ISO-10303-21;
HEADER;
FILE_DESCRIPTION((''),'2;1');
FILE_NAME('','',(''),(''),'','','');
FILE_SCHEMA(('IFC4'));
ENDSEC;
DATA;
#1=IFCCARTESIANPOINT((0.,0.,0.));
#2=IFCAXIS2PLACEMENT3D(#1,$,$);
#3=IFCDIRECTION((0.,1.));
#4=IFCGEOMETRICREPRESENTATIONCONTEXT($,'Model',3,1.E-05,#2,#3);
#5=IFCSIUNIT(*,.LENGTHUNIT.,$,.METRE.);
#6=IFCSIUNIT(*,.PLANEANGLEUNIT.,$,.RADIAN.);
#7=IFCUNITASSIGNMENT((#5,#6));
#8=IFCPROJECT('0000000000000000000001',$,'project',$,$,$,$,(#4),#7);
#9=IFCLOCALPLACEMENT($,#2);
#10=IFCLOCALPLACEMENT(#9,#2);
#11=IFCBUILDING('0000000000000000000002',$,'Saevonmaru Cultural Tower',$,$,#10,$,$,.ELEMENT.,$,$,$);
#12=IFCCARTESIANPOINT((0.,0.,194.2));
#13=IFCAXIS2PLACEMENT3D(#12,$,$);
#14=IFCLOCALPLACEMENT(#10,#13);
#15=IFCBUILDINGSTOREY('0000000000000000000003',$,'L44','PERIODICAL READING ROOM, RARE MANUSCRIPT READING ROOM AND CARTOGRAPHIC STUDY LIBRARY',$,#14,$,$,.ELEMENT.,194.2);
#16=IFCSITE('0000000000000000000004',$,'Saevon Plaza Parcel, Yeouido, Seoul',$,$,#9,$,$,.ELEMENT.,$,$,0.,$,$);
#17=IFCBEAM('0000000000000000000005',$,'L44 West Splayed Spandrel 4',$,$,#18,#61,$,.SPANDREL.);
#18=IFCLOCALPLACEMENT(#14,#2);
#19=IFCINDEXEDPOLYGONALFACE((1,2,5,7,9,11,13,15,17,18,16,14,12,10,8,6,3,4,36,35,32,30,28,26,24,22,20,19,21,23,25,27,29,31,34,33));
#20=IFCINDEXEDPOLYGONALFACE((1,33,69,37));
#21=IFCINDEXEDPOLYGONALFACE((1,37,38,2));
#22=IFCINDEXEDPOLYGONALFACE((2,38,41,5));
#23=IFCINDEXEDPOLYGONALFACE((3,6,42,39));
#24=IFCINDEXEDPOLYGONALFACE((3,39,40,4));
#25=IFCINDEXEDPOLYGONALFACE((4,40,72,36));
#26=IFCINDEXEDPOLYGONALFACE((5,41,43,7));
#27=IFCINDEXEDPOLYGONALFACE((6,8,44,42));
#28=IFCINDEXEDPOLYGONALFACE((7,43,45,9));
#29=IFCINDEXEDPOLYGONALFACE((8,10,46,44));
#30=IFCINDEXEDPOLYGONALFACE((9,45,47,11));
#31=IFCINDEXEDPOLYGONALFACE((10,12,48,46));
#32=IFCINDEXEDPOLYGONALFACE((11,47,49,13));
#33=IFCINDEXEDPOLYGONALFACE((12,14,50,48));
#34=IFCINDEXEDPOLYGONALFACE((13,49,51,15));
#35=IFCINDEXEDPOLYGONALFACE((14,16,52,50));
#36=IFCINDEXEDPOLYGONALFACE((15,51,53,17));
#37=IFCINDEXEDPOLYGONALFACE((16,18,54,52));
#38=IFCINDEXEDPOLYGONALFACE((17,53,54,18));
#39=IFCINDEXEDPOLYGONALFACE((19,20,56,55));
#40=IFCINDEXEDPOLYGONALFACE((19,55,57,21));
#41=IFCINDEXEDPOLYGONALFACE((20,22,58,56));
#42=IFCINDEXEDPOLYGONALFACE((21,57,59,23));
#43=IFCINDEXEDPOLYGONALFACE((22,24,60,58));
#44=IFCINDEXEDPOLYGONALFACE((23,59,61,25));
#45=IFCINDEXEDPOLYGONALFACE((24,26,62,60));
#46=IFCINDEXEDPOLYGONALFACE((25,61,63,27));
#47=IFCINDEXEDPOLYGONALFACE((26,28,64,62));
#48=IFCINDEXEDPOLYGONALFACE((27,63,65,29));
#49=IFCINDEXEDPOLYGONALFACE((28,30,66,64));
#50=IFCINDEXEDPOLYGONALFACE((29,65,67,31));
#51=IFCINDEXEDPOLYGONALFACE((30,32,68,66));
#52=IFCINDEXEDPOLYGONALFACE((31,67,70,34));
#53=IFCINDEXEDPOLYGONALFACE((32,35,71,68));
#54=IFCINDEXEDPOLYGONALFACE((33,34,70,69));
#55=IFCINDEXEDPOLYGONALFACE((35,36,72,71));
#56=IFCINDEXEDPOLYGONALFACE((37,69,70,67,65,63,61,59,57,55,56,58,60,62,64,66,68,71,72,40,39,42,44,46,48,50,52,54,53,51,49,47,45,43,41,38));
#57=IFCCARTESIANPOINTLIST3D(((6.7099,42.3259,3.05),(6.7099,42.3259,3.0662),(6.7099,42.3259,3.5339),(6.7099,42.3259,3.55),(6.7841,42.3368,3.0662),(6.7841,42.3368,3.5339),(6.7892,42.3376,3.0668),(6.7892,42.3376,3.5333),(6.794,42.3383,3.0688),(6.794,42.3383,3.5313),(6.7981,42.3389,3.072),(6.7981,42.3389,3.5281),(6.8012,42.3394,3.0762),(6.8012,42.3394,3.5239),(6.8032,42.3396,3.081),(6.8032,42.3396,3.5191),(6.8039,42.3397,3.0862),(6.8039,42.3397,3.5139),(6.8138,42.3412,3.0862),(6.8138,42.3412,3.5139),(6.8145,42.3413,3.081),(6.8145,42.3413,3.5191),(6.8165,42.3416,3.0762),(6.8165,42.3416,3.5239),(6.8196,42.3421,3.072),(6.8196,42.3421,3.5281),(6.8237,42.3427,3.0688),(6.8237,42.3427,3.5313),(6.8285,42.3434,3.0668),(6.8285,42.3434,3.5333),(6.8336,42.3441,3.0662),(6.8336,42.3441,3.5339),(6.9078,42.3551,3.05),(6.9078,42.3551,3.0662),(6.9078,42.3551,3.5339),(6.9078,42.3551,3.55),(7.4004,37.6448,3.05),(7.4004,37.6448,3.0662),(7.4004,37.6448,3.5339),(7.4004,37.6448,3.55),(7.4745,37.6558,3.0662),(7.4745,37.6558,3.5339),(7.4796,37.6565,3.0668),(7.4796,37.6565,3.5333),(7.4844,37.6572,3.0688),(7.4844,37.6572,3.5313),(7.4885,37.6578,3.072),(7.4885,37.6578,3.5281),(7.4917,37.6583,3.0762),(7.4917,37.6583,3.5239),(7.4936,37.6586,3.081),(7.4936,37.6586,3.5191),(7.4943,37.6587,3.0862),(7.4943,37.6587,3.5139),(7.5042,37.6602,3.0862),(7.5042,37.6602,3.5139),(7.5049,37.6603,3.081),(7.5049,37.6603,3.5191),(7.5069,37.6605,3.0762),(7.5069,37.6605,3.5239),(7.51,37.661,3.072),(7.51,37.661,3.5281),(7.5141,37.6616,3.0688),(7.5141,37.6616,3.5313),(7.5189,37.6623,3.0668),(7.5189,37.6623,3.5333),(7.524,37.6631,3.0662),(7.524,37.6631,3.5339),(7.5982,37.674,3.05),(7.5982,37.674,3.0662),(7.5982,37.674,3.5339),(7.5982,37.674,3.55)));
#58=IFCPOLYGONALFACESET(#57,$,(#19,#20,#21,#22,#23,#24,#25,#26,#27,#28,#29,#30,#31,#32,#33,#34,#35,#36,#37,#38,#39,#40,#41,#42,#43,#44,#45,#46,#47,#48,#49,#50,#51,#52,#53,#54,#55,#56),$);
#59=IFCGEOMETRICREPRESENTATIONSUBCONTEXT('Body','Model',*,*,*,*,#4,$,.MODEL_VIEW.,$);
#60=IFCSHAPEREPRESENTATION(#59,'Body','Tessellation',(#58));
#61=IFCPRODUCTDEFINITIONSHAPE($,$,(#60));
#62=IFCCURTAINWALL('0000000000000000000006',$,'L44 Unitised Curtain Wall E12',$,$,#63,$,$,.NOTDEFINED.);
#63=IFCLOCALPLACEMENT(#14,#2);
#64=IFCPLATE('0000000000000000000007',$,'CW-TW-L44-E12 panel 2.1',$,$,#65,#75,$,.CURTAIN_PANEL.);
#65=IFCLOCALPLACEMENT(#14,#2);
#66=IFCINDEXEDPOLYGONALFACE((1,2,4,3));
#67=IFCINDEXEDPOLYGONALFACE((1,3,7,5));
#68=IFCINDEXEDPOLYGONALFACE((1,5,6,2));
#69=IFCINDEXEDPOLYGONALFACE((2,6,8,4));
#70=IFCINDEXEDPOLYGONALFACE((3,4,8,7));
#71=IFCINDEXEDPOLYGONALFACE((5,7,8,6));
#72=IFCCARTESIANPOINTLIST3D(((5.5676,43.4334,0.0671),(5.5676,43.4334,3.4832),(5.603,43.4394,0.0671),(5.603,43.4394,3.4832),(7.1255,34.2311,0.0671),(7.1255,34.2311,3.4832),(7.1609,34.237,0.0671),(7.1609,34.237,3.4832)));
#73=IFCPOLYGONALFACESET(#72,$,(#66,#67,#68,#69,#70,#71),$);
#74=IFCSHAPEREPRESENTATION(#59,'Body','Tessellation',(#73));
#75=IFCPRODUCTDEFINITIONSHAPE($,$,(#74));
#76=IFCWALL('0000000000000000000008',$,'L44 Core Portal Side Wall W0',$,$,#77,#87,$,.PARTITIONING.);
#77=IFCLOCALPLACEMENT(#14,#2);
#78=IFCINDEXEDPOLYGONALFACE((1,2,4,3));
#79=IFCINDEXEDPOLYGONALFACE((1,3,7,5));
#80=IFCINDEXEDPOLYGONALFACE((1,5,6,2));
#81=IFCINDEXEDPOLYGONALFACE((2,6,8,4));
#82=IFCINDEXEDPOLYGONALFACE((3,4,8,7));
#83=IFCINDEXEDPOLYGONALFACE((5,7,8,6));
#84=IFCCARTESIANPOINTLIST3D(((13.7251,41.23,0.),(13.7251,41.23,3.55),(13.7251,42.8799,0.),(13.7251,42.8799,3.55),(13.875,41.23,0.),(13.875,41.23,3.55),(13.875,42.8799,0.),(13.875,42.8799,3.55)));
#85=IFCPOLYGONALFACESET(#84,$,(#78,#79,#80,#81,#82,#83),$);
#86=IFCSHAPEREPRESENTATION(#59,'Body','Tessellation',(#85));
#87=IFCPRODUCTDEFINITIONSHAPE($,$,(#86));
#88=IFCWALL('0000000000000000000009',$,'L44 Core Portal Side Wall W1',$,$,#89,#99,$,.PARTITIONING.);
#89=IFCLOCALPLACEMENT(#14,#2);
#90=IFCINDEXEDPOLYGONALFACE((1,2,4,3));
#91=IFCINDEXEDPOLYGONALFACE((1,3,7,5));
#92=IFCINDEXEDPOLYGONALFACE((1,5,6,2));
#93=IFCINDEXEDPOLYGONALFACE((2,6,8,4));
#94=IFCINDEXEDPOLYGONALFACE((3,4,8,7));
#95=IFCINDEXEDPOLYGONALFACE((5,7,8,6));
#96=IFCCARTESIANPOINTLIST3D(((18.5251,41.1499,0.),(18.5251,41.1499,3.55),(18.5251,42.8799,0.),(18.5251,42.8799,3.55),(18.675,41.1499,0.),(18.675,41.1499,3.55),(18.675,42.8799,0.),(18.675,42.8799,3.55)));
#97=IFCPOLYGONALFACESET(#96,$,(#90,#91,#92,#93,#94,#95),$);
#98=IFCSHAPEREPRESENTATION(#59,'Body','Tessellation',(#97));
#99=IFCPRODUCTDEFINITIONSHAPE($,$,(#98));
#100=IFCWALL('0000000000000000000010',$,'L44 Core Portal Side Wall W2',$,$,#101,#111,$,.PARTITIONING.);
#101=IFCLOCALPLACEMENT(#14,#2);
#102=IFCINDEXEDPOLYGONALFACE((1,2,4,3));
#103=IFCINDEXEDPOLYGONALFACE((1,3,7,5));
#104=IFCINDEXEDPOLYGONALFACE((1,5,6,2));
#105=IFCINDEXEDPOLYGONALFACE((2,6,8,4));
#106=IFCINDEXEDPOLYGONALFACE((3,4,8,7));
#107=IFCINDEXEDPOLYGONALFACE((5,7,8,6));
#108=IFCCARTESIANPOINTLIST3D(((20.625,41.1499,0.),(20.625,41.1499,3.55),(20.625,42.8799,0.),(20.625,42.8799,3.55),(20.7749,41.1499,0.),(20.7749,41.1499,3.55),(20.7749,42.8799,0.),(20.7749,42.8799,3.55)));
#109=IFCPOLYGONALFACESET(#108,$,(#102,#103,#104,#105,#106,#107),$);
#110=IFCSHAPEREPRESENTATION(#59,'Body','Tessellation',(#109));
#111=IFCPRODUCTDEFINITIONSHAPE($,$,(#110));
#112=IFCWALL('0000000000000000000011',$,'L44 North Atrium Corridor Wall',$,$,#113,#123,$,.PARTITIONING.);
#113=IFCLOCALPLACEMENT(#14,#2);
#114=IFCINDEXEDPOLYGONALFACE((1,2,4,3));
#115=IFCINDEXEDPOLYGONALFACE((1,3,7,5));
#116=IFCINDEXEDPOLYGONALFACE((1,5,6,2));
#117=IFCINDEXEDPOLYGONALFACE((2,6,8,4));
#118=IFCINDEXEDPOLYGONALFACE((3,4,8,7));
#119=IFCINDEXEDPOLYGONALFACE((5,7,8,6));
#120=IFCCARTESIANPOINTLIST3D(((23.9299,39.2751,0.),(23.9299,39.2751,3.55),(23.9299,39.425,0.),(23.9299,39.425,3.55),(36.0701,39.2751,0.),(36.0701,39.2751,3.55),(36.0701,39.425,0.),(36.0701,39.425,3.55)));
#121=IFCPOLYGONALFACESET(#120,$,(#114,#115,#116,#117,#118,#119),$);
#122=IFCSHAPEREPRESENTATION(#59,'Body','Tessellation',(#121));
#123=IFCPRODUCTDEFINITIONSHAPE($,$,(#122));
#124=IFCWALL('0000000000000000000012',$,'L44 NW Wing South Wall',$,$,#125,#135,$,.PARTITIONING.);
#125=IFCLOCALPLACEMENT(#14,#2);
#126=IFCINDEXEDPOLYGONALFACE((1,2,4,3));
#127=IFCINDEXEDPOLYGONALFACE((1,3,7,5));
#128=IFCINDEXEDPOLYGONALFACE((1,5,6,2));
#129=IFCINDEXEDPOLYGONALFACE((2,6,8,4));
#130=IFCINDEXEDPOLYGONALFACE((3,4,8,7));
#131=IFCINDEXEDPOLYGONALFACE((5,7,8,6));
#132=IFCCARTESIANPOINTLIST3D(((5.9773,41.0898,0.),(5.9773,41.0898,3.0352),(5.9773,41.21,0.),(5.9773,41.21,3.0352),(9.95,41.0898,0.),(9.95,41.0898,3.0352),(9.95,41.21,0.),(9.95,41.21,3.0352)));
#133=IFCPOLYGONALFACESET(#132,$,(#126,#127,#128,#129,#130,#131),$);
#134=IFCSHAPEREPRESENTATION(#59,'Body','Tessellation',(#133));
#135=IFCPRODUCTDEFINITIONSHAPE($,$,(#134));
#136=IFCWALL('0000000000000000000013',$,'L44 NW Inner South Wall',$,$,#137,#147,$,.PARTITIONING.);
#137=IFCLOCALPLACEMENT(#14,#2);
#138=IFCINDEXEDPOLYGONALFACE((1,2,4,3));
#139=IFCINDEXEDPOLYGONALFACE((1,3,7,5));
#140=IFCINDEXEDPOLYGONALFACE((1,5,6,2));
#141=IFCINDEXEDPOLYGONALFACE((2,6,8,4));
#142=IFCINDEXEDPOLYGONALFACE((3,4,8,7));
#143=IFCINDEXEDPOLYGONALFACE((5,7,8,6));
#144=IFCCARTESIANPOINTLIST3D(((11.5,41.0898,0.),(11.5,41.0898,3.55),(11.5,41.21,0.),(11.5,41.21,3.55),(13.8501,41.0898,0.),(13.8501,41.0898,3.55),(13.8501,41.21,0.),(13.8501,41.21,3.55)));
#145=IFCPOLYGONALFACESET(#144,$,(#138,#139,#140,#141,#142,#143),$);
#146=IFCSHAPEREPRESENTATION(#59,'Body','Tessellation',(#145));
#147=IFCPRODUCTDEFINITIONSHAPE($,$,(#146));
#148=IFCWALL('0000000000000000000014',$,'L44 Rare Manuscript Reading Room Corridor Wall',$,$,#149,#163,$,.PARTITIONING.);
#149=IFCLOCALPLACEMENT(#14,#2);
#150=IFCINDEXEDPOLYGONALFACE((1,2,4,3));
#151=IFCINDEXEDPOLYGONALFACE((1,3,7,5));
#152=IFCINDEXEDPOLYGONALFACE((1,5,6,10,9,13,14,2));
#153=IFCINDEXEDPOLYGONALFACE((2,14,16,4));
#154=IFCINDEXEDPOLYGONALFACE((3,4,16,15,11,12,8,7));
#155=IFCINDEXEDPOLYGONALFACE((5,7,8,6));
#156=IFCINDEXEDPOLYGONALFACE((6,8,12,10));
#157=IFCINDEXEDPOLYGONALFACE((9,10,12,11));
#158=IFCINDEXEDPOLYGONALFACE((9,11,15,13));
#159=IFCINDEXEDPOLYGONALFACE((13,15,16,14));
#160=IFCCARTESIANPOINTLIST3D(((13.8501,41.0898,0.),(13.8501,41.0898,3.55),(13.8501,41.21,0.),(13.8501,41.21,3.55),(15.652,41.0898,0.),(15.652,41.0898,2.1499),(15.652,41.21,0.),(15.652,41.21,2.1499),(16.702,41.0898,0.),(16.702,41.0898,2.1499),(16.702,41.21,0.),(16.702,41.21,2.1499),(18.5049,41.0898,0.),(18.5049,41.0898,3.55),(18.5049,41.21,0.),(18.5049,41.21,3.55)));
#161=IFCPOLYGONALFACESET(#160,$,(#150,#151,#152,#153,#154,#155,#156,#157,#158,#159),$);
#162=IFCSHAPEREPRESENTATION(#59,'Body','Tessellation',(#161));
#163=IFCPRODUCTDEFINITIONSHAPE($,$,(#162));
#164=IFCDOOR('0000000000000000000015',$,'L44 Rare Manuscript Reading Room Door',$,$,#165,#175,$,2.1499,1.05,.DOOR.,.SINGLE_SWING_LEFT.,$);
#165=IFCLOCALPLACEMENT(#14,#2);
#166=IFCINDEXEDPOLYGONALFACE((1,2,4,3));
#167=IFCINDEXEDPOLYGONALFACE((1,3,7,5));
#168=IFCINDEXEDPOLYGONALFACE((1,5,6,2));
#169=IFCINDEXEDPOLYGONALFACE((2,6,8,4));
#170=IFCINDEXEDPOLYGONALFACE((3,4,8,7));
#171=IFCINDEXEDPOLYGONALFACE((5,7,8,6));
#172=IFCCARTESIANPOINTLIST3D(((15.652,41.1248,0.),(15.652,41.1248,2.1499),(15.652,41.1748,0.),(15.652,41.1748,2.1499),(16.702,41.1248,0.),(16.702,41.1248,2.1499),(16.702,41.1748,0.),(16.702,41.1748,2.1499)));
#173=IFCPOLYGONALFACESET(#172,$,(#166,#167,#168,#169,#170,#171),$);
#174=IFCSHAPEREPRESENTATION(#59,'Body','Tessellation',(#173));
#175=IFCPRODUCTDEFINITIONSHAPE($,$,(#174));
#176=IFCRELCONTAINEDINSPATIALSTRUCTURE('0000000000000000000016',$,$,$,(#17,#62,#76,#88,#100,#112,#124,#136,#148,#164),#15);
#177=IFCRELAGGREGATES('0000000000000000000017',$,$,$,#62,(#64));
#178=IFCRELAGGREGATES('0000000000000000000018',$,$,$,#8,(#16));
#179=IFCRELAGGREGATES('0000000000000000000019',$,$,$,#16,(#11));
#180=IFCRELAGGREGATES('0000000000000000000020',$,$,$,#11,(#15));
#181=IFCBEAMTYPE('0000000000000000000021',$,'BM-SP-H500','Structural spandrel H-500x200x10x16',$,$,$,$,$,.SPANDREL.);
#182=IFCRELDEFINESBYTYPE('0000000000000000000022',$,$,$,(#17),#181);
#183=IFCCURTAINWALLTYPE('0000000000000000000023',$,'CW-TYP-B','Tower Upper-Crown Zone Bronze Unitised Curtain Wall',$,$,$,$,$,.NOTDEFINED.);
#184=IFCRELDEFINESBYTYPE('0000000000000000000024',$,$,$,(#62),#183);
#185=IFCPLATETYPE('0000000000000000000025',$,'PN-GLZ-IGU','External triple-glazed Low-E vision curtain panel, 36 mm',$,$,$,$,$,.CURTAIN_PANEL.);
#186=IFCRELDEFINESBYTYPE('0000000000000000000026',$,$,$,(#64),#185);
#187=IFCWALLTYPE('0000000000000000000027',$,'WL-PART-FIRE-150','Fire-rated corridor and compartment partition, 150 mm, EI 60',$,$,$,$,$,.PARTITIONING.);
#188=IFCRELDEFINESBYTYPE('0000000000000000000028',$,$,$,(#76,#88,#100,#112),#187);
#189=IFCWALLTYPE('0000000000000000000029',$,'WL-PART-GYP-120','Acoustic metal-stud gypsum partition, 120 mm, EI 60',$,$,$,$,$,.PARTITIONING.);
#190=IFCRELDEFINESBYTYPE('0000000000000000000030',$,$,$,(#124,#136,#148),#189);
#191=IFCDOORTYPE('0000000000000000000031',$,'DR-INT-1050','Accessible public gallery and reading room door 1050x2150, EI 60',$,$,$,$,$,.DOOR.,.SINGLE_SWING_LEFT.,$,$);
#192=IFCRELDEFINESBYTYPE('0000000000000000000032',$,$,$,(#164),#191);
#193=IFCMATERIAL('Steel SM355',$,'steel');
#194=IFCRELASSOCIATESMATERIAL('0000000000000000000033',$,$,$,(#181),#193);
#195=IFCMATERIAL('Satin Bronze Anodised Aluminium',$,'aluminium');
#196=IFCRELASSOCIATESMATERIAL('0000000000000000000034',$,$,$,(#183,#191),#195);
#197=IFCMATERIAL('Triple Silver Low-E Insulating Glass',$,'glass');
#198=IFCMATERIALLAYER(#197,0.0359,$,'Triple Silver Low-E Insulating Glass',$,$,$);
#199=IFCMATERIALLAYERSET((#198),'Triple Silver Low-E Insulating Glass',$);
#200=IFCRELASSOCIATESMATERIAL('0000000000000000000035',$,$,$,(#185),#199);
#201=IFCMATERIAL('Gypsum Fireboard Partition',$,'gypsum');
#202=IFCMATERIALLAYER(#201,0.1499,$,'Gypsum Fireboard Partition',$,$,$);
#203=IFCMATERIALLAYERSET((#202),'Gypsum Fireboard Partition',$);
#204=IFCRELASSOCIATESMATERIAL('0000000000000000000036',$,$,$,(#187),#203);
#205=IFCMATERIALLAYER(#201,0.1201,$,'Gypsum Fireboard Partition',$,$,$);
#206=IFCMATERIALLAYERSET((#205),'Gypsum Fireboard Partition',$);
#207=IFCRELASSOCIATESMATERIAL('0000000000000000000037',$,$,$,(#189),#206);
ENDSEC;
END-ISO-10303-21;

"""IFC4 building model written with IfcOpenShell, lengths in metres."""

from ifc_helpers import new_model, si_unit, direction, frame, frame_2d, origin, origin_2d, place, context, subcontext, project, spatial, rectangle, i_section, extrude, material, layer, layer_set, material_profile, profile_set, type_object, element, fill, aggregate, save


model = new_model("IFC4")

# Units and contexts
model_context = context("Model", 3, precision=1e-05, world=origin(), true_north=direction((0.0, 1.0)))
body_context = subcontext(model_context, "Body", "Model", "MODEL_VIEW")
ifc_project = project(units=[si_unit("LENGTHUNIT", "METRE"), si_unit("PLANEANGLEUNIT", "RADIAN")], contexts=[model_context])

# Site, building, storey
site_placement = place(None, origin())
site = spatial("IfcSite", under=ifc_project, at=site_placement, Name="Saevon Plaza Parcel, Yeouido, Seoul", CompositionType="ELEMENT", RefElevation=0.0)
building_placement = place(site_placement, origin())
building = spatial("IfcBuilding", under=site, at=building_placement, Name="Saevonmaru Cultural Tower", CompositionType="ELEMENT")
storey_placement = place(building_placement, frame((0.0, 0.0, 194.2)))
storey = spatial("IfcBuildingStorey", under=building, at=storey_placement, Name="L44", Description="PERIODICAL READING ROOM, RARE MANUSCRIPT READING ROOM AND CARTOGRAPHIC STUDY LIBRARY", CompositionType="ELEMENT", Elevation=194.2)

# Shared definitions
ifc_material_1 = material(Name="Steel SM355", Category="steel")

# Beam
ifc_material_profile_1 = material_profile(ifc_material_1, i_section(OverallWidth=0.2, OverallDepth=0.5, WebThickness=0.01, FlangeThickness=0.0161, FilletRadius=0.02, at=origin_2d()), Name="H-500x200x10x16")
ifc_profile_set_1 = profile_set([ifc_material_profile_1], Name="Steel SM355")
beam_type_1 = type_object("IfcBeamType", Name="BM-SP-H500", Description="Structural spandrel H-500x200x10x16", PredefinedType="SPANDREL", material=ifc_profile_set_1)
beam_1_placement = place(storey_placement, frame((7.4993, 37.6594, 3.3), z_axis=(-0.145913, 0.989297, 0.0), x_axis=(-0.989297, -0.145913, 0.0)))
element("IfcBeam", 1, at=beam_1_placement, inside=storey, type_object=beam_type_1, Name="L44 West Splayed Spandrel 4", PredefinedType="SPANDREL", context=body_context, shape_type="SweptSolid", body=[
    extrude(i_section(OverallWidth=0.2, OverallDepth=0.5, WebThickness=0.01, FlangeThickness=0.0161, FilletRadius=0.02, at=origin_2d()), origin(), (0.0, 0.0, 1.0), 4.7317),
])

# Curtain wall, plate
ifc_material_2 = material(Name="Satin Bronze Anodised Aluminium", Category="aluminium")
curtain_wall_type = type_object("IfcCurtainWallType", Name="CW-TYP-B", Description="Tower Upper-Crown Zone Bronze Unitised Curtain Wall", PredefinedType="NOTDEFINED", material=ifc_material_2)
curtain_wall_placement = place(storey_placement, origin())
curtain_wall = element("IfcCurtainWall", 2, at=curtain_wall_placement, inside=storey, type_object=curtain_wall_type, Name="L44 Unitised Curtain Wall E12", PredefinedType="NOTDEFINED")
ifc_material_3 = material(Name="Triple Silver Low-E Insulating Glass", Category="glass")
ifc_layer_1 = layer(ifc_material_3, 0.0359, Name="Triple Silver Low-E Insulating Glass")
ifc_layer_set_1 = layer_set([ifc_layer_1], Name="Triple Silver Low-E Insulating Glass")
plate_type = type_object("IfcPlateType", Name="PN-GLZ-IGU", Description="External triple-glazed Low-E vision curtain panel, 36 mm", PredefinedType="CURTAIN_PANEL", material=ifc_layer_set_1)
plate_placement = place(storey_placement, frame((6.3643, 38.8352, 0.0671), z_axis=(0.0, 0.0, 1.0), x_axis=(0.166922, -0.98597, 0.0)))
plate = element("IfcPlate", 3, at=plate_placement, type_object=plate_type, Name="CW-TW-L44-E12 panel 2.1", PredefinedType="CURTAIN_PANEL", context=body_context, shape_type="SweptSolid", body=[
    extrude(rectangle(XDim=9.3333, YDim=0.0359, at=origin_2d()), origin(), (0.0, 0.0, 1.0), 3.416),
])
aggregate(curtain_wall, [plate])

# Walls
ifc_material_4 = material(Name="Gypsum Fireboard Partition", Category="gypsum")
ifc_layer_2 = layer(ifc_material_4, 0.1499, Name="Gypsum Fireboard Partition")
ifc_layer_set_2 = layer_set([ifc_layer_2], Name="Gypsum Fireboard Partition")
wall_type_1 = type_object("IfcWallType", Name="WL-PART-FIRE-150", Description="Fire-rated corridor and compartment partition, 150 mm, EI 60", PredefinedType="PARTITIONING", material=ifc_layer_set_2)
wall_1_placement = place(storey_placement, frame((13.8, 41.23, 0.0), z_axis=(0.0, 0.0, 1.0), x_axis=(0.0, 1.0, 0.0)))
element("IfcWall", 4, at=wall_1_placement, inside=storey, type_object=wall_type_1, Name="L44 Core Portal Side Wall W0", PredefinedType="PARTITIONING", context=body_context, shape_type="SweptSolid", body=[
    extrude(rectangle(XDim=1.6499, YDim=0.1499, at=frame_2d((0.825, 0.0))), origin(), (0.0, 0.0, 1.0), 3.55),
])
for number, where, z_axis, x_axis, name in (
    (5, (18.6001, 41.1499, 0.0), (0.0, 0.0, 1.0), (0.0, 1.0, 0.0), "L44 Core Portal Side Wall W1"),
    (6, (20.7, 41.1499, 0.0), (0.0, 0.0, 1.0), (0.0, 1.0, 0.0), "L44 Core Portal Side Wall W2"),
):
    element("IfcWall", number, at=place(storey_placement, frame(where, z_axis=z_axis, x_axis=x_axis)), inside=storey, type_object=wall_type_1, Name=name, PredefinedType="PARTITIONING", context=body_context, shape_type="SweptSolid", body=[
        extrude(rectangle(XDim=1.73, YDim=0.1499, at=frame_2d((0.865, 0.0))), origin(), (0.0, 0.0, 1.0), 3.55),
    ])
wall_2_placement = place(storey_placement, frame((23.9299, 39.3501, 0.0), z_axis=(0.0, 0.0, 1.0), x_axis=(1.0, 0.0, 0.0)))
element("IfcWall", 7, at=wall_2_placement, inside=storey, type_object=wall_type_1, Name="L44 North Atrium Corridor Wall", PredefinedType="PARTITIONING", context=body_context, shape_type="SweptSolid", body=[
    extrude(rectangle(XDim=12.1401, YDim=0.1499, at=frame_2d((6.0701, 0.0))), origin(), (0.0, 0.0, 1.0), 3.55),
])
ifc_layer_3 = layer(ifc_material_4, 0.1201, Name="Gypsum Fireboard Partition")
ifc_layer_set_3 = layer_set([ifc_layer_3], Name="Gypsum Fireboard Partition")
wall_type_2 = type_object("IfcWallType", Name="WL-PART-GYP-120", Description="Acoustic metal-stud gypsum partition, 120 mm, EI 60", PredefinedType="PARTITIONING", material=ifc_layer_set_3)
wall_3_placement = place(storey_placement, frame((5.9773, 41.1499, 0.0), z_axis=(0.0, 0.0, 1.0), x_axis=(1.0, 0.0, 0.0)))
element("IfcWall", 8, at=wall_3_placement, inside=storey, type_object=wall_type_2, Name="L44 NW Wing South Wall", PredefinedType="PARTITIONING", context=body_context, shape_type="SweptSolid", body=[
    extrude(rectangle(XDim=3.9727, YDim=0.1201, at=frame_2d((1.9863, 0.0))), origin(), (0.0, 0.0, 1.0), 3.0352),
])
wall_4_placement = place(storey_placement, frame((11.5, 41.1499, 0.0), z_axis=(0.0, 0.0, 1.0), x_axis=(1.0, 0.0, 0.0)))
element("IfcWall", 9, at=wall_4_placement, inside=storey, type_object=wall_type_2, Name="L44 NW Inner South Wall", PredefinedType="PARTITIONING", context=body_context, shape_type="SweptSolid", body=[
    extrude(rectangle(XDim=2.3501, YDim=0.1201, at=frame_2d((1.175, 0.0))), origin(), (0.0, 0.0, 1.0), 3.55),
])

# Wall, opening, door
door_type = type_object("IfcDoorType", Name="DR-INT-1050", Description="Accessible public gallery and reading room door 1050x2150, EI 60", OperationType="SINGLE_SWING_LEFT", PredefinedType="DOOR", material=ifc_material_2)
wall_5_placement = place(storey_placement, frame((13.8501, 41.1499, 0.0), z_axis=(0.0, 0.0, 1.0), x_axis=(1.0, 0.0, 0.0)))
wall_5 = element("IfcWall", 10, at=wall_5_placement, inside=storey, type_object=wall_type_2, Name="L44 Rare Manuscript Reading Room Corridor Wall", PredefinedType="PARTITIONING", context=body_context, shape_type="SweptSolid", body=[
    extrude(rectangle(XDim=4.6548, YDim=0.1201, at=frame_2d((2.3274, 0.0))), origin(), (0.0, 0.0, 1.0), 3.55),
])
opening_1_placement = place(wall_5_placement, frame((1.802, 0.0, 0.0)))
opening_1 = element("IfcOpeningElement", 11, at=opening_1_placement, cuts=wall_5, PredefinedType="OPENING", context=body_context, shape_type="SweptSolid", body=[
    extrude(rectangle(XDim=1.05, YDim=2.1499, at=frame_2d((0.5249, 1.075))), frame((0.0, 0.0701, 0.0), z_axis=(0.0, -1.0, 0.0), x_axis=(1.0, 0.0, 0.0)), (0.0, 0.0, 1.0), 0.1401),
])
door_1_placement = place(opening_1_placement, origin())
door_1 = element("IfcDoor", 12, at=door_1_placement, inside=storey, type_object=door_type, Name="L44 Rare Manuscript Reading Room Door", OperationType="SINGLE_SWING_LEFT", OverallHeight=2.1499, OverallWidth=1.05, PredefinedType="DOOR", context=body_context, shape_type="SweptSolid", body=[
    extrude(rectangle(XDim=1.05, YDim=2.1499, at=frame_2d((0.5249, 1.075))), frame((0.0, 0.0249, 0.0), z_axis=(0.0, -1.0, 0.0), x_axis=(1.0, 0.0, 0.0)), (0.0, 0.0, 1.0), 0.05),
])
fill(opening_1, door_1)

save(model, "model.ifc")
